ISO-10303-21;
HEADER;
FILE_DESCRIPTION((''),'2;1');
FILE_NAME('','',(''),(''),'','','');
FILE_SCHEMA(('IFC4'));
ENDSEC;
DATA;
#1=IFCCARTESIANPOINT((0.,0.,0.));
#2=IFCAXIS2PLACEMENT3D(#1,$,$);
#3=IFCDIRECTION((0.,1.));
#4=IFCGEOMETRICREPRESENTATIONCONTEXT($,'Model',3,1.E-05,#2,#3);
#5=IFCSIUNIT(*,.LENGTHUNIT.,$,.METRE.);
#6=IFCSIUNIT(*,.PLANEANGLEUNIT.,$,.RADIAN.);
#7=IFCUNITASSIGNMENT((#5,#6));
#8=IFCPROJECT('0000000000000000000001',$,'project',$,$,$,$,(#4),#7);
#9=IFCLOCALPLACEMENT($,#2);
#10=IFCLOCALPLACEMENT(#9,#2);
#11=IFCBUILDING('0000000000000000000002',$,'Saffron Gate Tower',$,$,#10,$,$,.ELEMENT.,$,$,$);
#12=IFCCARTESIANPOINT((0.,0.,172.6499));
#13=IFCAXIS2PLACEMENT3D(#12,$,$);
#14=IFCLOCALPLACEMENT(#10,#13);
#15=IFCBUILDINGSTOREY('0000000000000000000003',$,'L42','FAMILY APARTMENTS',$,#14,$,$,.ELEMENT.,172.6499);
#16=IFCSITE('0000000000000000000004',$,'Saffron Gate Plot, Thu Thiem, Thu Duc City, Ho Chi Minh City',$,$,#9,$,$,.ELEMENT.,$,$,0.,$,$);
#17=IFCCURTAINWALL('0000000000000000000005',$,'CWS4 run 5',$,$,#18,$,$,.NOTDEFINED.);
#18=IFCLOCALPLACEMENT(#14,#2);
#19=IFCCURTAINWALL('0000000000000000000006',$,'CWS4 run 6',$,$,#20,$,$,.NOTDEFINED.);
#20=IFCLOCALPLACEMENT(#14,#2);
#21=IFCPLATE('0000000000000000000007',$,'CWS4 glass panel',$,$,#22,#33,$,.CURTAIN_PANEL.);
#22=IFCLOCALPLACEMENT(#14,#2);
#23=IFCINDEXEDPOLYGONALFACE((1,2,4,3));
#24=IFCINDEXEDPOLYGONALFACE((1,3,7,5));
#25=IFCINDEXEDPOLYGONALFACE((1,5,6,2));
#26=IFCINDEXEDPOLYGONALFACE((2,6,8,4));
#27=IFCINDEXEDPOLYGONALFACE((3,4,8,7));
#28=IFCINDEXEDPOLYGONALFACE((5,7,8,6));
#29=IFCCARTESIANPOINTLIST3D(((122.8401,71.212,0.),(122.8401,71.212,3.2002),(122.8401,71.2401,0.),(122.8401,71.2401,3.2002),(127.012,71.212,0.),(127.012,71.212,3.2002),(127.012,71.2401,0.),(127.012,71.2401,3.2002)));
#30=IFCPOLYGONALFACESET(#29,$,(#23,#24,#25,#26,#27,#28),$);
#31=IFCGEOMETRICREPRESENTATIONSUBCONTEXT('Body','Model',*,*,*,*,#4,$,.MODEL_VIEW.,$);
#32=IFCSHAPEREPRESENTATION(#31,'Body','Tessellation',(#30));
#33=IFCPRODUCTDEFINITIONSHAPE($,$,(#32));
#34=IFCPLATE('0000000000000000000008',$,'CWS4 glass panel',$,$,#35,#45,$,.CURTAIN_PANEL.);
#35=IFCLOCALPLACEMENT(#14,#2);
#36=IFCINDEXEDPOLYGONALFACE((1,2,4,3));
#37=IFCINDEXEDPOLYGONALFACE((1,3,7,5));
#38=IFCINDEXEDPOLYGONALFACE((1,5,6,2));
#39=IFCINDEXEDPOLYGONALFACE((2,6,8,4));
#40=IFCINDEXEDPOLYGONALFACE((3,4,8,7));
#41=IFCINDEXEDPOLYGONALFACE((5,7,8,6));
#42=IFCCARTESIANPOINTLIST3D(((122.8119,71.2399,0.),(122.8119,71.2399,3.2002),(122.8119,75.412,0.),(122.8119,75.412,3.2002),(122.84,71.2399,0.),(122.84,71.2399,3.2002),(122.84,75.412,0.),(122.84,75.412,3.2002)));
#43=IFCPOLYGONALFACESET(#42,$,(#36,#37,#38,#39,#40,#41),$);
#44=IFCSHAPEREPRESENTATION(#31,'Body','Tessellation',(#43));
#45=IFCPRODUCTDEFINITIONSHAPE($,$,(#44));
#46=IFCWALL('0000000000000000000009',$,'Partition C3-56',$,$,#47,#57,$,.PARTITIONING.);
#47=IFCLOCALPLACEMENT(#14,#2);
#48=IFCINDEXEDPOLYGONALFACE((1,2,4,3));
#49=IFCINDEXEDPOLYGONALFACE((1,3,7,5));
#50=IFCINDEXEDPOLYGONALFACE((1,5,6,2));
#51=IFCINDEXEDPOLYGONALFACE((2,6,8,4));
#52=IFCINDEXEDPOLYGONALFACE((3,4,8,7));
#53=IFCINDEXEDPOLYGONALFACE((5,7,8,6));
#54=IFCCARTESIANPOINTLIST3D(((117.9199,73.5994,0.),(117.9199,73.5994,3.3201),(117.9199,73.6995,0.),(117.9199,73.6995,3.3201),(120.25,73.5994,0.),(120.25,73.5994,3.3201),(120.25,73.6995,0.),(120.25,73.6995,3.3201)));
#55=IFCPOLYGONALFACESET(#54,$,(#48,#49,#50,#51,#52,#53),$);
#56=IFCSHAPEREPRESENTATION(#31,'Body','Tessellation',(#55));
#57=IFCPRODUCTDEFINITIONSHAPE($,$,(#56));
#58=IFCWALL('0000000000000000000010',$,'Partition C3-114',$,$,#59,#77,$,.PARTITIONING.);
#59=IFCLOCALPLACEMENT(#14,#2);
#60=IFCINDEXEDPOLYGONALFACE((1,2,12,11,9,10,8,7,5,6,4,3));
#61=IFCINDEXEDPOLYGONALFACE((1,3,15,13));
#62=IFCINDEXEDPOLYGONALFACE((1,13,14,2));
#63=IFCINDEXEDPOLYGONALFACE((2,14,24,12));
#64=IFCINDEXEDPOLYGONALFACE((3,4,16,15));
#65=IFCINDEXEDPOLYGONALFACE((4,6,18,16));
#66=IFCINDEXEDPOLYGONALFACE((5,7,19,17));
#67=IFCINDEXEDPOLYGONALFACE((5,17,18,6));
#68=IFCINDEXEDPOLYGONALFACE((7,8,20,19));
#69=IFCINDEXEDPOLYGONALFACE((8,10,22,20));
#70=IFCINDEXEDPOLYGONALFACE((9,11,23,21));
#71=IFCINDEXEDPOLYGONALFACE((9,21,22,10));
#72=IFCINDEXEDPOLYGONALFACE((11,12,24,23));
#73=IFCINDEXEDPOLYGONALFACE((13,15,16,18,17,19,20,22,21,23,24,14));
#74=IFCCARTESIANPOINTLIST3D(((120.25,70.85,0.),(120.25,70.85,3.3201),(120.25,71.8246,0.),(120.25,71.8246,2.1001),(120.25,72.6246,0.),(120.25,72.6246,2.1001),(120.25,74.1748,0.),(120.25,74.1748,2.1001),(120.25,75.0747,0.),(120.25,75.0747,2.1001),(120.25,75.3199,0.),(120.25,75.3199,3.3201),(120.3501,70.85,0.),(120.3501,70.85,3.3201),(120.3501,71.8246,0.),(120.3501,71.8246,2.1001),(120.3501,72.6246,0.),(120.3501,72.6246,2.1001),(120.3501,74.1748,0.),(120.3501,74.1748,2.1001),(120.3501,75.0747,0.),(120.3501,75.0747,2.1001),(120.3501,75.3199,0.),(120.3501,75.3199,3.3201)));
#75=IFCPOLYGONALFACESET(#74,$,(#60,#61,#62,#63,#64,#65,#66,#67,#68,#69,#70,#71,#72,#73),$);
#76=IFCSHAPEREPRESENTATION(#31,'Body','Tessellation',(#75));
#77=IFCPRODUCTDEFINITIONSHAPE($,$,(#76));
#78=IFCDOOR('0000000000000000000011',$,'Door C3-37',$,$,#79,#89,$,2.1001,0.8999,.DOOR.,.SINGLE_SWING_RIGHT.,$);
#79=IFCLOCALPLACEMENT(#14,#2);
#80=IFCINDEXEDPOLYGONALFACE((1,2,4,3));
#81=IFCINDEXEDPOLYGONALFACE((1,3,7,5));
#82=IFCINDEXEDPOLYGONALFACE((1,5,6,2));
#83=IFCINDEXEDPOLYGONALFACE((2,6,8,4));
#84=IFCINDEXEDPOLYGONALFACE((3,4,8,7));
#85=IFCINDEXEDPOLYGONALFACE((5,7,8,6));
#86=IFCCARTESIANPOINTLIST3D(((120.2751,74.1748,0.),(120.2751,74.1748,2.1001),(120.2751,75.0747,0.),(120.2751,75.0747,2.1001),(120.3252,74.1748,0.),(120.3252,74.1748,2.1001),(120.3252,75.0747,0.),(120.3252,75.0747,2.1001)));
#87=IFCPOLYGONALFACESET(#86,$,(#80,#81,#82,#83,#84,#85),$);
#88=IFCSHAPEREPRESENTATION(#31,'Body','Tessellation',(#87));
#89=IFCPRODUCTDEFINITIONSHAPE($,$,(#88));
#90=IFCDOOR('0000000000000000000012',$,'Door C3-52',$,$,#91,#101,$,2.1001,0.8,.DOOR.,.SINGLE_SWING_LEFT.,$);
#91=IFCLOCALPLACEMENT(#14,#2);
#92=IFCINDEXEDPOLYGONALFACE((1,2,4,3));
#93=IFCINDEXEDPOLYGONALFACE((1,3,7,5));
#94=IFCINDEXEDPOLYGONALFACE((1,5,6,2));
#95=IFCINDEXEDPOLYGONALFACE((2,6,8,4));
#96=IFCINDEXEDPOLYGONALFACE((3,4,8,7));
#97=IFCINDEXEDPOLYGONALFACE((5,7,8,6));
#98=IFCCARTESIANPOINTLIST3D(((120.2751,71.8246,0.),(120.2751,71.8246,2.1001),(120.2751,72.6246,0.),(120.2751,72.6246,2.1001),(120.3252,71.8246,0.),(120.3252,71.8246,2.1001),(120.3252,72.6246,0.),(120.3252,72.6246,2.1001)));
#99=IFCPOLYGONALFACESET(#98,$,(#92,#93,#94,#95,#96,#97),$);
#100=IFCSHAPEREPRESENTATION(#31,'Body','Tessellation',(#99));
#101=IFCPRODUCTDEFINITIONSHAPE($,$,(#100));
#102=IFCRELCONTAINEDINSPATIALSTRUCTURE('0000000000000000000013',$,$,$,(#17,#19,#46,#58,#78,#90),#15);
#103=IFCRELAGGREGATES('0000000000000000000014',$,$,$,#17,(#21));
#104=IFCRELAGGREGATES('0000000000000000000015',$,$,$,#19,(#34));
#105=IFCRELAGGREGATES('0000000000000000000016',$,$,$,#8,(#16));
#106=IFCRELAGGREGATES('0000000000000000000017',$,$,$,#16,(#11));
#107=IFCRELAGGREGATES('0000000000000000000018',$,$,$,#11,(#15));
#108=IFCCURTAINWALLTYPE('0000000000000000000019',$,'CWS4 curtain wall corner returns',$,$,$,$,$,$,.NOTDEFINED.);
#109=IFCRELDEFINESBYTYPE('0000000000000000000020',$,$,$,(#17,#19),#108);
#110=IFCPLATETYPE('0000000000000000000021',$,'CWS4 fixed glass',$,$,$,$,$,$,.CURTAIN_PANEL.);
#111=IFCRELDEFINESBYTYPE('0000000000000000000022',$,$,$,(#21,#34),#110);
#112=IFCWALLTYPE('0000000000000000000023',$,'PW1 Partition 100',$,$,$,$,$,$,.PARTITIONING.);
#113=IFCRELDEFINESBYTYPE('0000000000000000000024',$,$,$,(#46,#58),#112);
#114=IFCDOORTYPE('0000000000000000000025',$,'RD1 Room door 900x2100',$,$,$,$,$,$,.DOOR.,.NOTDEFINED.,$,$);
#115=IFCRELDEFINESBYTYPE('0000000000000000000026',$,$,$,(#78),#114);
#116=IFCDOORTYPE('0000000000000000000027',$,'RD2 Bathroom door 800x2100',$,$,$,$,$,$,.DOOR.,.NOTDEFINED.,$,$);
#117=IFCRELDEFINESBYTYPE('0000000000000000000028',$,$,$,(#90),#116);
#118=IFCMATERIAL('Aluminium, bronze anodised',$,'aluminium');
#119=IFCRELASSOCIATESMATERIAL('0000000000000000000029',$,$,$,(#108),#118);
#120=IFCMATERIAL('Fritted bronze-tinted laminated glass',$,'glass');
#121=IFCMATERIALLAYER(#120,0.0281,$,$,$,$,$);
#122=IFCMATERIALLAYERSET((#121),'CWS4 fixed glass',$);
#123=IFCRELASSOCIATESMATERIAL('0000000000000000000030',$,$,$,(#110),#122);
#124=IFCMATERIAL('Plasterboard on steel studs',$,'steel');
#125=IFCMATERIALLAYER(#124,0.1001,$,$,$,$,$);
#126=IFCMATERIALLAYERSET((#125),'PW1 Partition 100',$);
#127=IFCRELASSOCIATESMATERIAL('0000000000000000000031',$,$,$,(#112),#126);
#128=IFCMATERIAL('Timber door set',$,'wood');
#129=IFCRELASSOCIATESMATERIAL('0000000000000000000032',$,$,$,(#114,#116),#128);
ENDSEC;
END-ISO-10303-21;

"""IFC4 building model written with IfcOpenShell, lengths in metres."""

from ifc_helpers import new_model, si_unit, direction, frame, frame_2d, origin, place, context, subcontext, project, spatial, rectangle, extrude, material, layer, layer_set, type_object, element, fill, aggregate, save


model = new_model("IFC4")

# Units and contexts
model_context = context("Model", 3, precision=1e-05, world=origin(), true_north=direction((0.0, 1.0)))
body_context = subcontext(model_context, "Body", "Model", "MODEL_VIEW")
ifc_project = project(units=[si_unit("LENGTHUNIT", "METRE"), si_unit("PLANEANGLEUNIT", "RADIAN")], contexts=[model_context])

# Site, building, storey
site_placement = place(None, origin())
site = spatial("IfcSite", under=ifc_project, at=site_placement, Name="Saffron Gate Plot, Thu Thiem, Thu Duc City, Ho Chi Minh City", CompositionType="ELEMENT", RefElevation=0.0)
building_placement = place(site_placement, origin())
building = spatial("IfcBuilding", under=site, at=building_placement, Name="Saffron Gate Tower", CompositionType="ELEMENT")
storey_placement = place(building_placement, frame((0.0, 0.0, 172.6499)))
storey = spatial("IfcBuildingStorey", under=building, at=storey_placement, Name="L42", Description="FAMILY APARTMENTS", CompositionType="ELEMENT", Elevation=172.6499)

# Shared definitions
ifc_material_1 = material(Name="Aluminium, bronze anodised", Category="aluminium")

# Curtain walls
curtain_wall_type_1 = type_object("IfcCurtainWallType", Name="CWS4 curtain wall corner returns", PredefinedType="NOTDEFINED", material=ifc_material_1)
curtain_wall_1_placement = place(storey_placement, origin())
curtain_wall_1 = element("IfcCurtainWall", 1, at=curtain_wall_1_placement, inside=storey, type_object=curtain_wall_type_1, Name="CWS4 run 5", PredefinedType="NOTDEFINED")
curtain_wall_2_placement = place(storey_placement, origin())
curtain_wall_2 = element("IfcCurtainWall", 2, at=curtain_wall_2_placement, inside=storey, type_object=curtain_wall_type_1, Name="CWS4 run 6", PredefinedType="NOTDEFINED")

# Plates
ifc_material_2 = material(Name="Fritted bronze-tinted laminated glass", Category="glass")
ifc_layer_1 = layer(ifc_material_2, 0.0281)
ifc_layer_set_1 = layer_set([ifc_layer_1], Name="CWS4 fixed glass")
plate_type_1 = type_object("IfcPlateType", Name="CWS4 fixed glass", PredefinedType="CURTAIN_PANEL", material=ifc_layer_set_1)
plate_1_placement = place(storey_placement, frame((127.012, 71.2261, 0.0), z_axis=(0.0, 0.0, 1.0), x_axis=(-1.0, 0.0, 0.0)))
plate_1 = element("IfcPlate", 3, at=plate_1_placement, type_object=plate_type_1, Name="CWS4 glass panel", PredefinedType="CURTAIN_PANEL", context=body_context, shape_type="SweptSolid", body=[
    extrude(rectangle(XDim=4.1719, YDim=0.0281, at=frame_2d((2.0859, 0.0))), origin(), (0.0, 0.0, 1.0), 3.2002),
])
aggregate(curtain_wall_1, [plate_1])
plate_2_placement = place(storey_placement, frame((122.8259, 71.24, 0.0), z_axis=(0.0, 0.0, 1.0), x_axis=(0.0, 1.0, 0.0)))
plate_2 = element("IfcPlate", 4, at=plate_2_placement, type_object=plate_type_1, Name="CWS4 glass panel", PredefinedType="CURTAIN_PANEL", context=body_context, shape_type="SweptSolid", body=[
    extrude(rectangle(XDim=4.1721, YDim=0.0281, at=frame_2d((2.0859, 0.0))), origin(), (0.0, 0.0, 1.0), 3.2002),
])
aggregate(curtain_wall_2, [plate_2])

# Wall
ifc_material_3 = material(Name="Plasterboard on steel studs", Category="steel")
ifc_layer_2 = layer(ifc_material_3, 0.1001)
ifc_layer_set_2 = layer_set([ifc_layer_2], Name="PW1 Partition 100")
wall_type = type_object("IfcWallType", Name="PW1 Partition 100", PredefinedType="PARTITIONING", material=ifc_layer_set_2)
wall_1_placement = place(storey_placement, frame((117.9199, 73.6494, 0.0), z_axis=(0.0, 0.0, 1.0), x_axis=(1.0, 0.0, 0.0)))
element("IfcWall", 5, at=wall_1_placement, inside=storey, type_object=wall_type, Name="Partition C3-56", PredefinedType="PARTITIONING", context=body_context, shape_type="SweptSolid", body=[
    extrude(rectangle(XDim=2.3301, YDim=0.1001, at=frame_2d((1.165, 0.0))), origin(), (0.0, 0.0, 1.0), 3.3201),
])

# Wall, openings, doors
wall_2_placement = place(storey_placement, frame((120.3, 70.8501, 0.0), z_axis=(0.0, 0.0, 1.0), x_axis=(0.0, 1.0, 0.0)))
wall_2 = element("IfcWall", 6, at=wall_2_placement, inside=storey, type_object=wall_type, Name="Partition C3-114", PredefinedType="PARTITIONING", context=body_context, shape_type="SweptSolid", body=[
    extrude(rectangle(XDim=4.47, YDim=0.1001, at=frame_2d((2.2349, 0.0))), origin(), (0.0, 0.0, 1.0), 3.3201),
])
opening_1_placement = place(wall_2_placement, frame((0.9746, 0.0, 0.0)))
opening_1 = element("IfcOpeningElement", 7, at=opening_1_placement, cuts=wall_2, PredefinedType="OPENING", context=body_context, shape_type="SweptSolid", body=[
    extrude(rectangle(XDim=0.8, YDim=2.1001, at=frame_2d((0.3999, 1.05))), frame((0.0, 0.0601, 0.0), z_axis=(0.0, -1.0, 0.0), x_axis=(1.0, 0.0, 0.0)), (0.0, 0.0, 1.0), 0.1201),
])
opening_2_placement = place(wall_2_placement, frame((3.3247, 0.0, 0.0)))
opening_2 = element("IfcOpeningElement", 8, at=opening_2_placement, cuts=wall_2, PredefinedType="OPENING", context=body_context, shape_type="SweptSolid", body=[
    extrude(rectangle(XDim=0.8999, YDim=2.1001, at=frame_2d((0.45, 1.05))), frame((0.0, 0.0601, 0.0), z_axis=(0.0, -1.0, 0.0), x_axis=(1.0, 0.0, 0.0)), (0.0, 0.0, 1.0), 0.1201),
])
ifc_material_4 = material(Name="Timber door set", Category="wood")
door_type_1 = type_object("IfcDoorType", Name="RD1 Room door 900x2100", OperationType="NOTDEFINED", PredefinedType="DOOR", material=ifc_material_4)
door_1_placement = place(opening_2_placement, origin())
door_1 = element("IfcDoor", 9, at=door_1_placement, inside=storey, type_object=door_type_1, Name="Door C3-37", OperationType="SINGLE_SWING_RIGHT", OverallHeight=2.1001, OverallWidth=0.8999, PredefinedType="DOOR", context=body_context, shape_type="SweptSolid", body=[
    extrude(rectangle(XDim=0.8999, YDim=2.1001, at=frame_2d((0.45, 1.05))), frame((0.0, 0.0249, 0.0), z_axis=(0.0, -1.0, 0.0), x_axis=(1.0, 0.0, 0.0)), (0.0, 0.0, 1.0), 0.05),
])
fill(opening_2, door_1)
door_type_2 = type_object("IfcDoorType", Name="RD2 Bathroom door 800x2100", OperationType="NOTDEFINED", PredefinedType="DOOR", material=ifc_material_4)
door_2_placement = place(opening_1_placement, origin())
door_2 = element("IfcDoor", 10, at=door_2_placement, inside=storey, type_object=door_type_2, Name="Door C3-52", OperationType="SINGLE_SWING_LEFT", OverallHeight=2.1001, OverallWidth=0.8, PredefinedType="DOOR", context=body_context, shape_type="SweptSolid", body=[
    extrude(rectangle(XDim=0.8, YDim=2.1001, at=frame_2d((0.3999, 1.05))), frame((0.0, 0.0249, 0.0), z_axis=(0.0, -1.0, 0.0), x_axis=(1.0, 0.0, 0.0)), (0.0, 0.0, 1.0), 0.05),
])
fill(opening_1, door_2)

save(model, "model.ifc")
